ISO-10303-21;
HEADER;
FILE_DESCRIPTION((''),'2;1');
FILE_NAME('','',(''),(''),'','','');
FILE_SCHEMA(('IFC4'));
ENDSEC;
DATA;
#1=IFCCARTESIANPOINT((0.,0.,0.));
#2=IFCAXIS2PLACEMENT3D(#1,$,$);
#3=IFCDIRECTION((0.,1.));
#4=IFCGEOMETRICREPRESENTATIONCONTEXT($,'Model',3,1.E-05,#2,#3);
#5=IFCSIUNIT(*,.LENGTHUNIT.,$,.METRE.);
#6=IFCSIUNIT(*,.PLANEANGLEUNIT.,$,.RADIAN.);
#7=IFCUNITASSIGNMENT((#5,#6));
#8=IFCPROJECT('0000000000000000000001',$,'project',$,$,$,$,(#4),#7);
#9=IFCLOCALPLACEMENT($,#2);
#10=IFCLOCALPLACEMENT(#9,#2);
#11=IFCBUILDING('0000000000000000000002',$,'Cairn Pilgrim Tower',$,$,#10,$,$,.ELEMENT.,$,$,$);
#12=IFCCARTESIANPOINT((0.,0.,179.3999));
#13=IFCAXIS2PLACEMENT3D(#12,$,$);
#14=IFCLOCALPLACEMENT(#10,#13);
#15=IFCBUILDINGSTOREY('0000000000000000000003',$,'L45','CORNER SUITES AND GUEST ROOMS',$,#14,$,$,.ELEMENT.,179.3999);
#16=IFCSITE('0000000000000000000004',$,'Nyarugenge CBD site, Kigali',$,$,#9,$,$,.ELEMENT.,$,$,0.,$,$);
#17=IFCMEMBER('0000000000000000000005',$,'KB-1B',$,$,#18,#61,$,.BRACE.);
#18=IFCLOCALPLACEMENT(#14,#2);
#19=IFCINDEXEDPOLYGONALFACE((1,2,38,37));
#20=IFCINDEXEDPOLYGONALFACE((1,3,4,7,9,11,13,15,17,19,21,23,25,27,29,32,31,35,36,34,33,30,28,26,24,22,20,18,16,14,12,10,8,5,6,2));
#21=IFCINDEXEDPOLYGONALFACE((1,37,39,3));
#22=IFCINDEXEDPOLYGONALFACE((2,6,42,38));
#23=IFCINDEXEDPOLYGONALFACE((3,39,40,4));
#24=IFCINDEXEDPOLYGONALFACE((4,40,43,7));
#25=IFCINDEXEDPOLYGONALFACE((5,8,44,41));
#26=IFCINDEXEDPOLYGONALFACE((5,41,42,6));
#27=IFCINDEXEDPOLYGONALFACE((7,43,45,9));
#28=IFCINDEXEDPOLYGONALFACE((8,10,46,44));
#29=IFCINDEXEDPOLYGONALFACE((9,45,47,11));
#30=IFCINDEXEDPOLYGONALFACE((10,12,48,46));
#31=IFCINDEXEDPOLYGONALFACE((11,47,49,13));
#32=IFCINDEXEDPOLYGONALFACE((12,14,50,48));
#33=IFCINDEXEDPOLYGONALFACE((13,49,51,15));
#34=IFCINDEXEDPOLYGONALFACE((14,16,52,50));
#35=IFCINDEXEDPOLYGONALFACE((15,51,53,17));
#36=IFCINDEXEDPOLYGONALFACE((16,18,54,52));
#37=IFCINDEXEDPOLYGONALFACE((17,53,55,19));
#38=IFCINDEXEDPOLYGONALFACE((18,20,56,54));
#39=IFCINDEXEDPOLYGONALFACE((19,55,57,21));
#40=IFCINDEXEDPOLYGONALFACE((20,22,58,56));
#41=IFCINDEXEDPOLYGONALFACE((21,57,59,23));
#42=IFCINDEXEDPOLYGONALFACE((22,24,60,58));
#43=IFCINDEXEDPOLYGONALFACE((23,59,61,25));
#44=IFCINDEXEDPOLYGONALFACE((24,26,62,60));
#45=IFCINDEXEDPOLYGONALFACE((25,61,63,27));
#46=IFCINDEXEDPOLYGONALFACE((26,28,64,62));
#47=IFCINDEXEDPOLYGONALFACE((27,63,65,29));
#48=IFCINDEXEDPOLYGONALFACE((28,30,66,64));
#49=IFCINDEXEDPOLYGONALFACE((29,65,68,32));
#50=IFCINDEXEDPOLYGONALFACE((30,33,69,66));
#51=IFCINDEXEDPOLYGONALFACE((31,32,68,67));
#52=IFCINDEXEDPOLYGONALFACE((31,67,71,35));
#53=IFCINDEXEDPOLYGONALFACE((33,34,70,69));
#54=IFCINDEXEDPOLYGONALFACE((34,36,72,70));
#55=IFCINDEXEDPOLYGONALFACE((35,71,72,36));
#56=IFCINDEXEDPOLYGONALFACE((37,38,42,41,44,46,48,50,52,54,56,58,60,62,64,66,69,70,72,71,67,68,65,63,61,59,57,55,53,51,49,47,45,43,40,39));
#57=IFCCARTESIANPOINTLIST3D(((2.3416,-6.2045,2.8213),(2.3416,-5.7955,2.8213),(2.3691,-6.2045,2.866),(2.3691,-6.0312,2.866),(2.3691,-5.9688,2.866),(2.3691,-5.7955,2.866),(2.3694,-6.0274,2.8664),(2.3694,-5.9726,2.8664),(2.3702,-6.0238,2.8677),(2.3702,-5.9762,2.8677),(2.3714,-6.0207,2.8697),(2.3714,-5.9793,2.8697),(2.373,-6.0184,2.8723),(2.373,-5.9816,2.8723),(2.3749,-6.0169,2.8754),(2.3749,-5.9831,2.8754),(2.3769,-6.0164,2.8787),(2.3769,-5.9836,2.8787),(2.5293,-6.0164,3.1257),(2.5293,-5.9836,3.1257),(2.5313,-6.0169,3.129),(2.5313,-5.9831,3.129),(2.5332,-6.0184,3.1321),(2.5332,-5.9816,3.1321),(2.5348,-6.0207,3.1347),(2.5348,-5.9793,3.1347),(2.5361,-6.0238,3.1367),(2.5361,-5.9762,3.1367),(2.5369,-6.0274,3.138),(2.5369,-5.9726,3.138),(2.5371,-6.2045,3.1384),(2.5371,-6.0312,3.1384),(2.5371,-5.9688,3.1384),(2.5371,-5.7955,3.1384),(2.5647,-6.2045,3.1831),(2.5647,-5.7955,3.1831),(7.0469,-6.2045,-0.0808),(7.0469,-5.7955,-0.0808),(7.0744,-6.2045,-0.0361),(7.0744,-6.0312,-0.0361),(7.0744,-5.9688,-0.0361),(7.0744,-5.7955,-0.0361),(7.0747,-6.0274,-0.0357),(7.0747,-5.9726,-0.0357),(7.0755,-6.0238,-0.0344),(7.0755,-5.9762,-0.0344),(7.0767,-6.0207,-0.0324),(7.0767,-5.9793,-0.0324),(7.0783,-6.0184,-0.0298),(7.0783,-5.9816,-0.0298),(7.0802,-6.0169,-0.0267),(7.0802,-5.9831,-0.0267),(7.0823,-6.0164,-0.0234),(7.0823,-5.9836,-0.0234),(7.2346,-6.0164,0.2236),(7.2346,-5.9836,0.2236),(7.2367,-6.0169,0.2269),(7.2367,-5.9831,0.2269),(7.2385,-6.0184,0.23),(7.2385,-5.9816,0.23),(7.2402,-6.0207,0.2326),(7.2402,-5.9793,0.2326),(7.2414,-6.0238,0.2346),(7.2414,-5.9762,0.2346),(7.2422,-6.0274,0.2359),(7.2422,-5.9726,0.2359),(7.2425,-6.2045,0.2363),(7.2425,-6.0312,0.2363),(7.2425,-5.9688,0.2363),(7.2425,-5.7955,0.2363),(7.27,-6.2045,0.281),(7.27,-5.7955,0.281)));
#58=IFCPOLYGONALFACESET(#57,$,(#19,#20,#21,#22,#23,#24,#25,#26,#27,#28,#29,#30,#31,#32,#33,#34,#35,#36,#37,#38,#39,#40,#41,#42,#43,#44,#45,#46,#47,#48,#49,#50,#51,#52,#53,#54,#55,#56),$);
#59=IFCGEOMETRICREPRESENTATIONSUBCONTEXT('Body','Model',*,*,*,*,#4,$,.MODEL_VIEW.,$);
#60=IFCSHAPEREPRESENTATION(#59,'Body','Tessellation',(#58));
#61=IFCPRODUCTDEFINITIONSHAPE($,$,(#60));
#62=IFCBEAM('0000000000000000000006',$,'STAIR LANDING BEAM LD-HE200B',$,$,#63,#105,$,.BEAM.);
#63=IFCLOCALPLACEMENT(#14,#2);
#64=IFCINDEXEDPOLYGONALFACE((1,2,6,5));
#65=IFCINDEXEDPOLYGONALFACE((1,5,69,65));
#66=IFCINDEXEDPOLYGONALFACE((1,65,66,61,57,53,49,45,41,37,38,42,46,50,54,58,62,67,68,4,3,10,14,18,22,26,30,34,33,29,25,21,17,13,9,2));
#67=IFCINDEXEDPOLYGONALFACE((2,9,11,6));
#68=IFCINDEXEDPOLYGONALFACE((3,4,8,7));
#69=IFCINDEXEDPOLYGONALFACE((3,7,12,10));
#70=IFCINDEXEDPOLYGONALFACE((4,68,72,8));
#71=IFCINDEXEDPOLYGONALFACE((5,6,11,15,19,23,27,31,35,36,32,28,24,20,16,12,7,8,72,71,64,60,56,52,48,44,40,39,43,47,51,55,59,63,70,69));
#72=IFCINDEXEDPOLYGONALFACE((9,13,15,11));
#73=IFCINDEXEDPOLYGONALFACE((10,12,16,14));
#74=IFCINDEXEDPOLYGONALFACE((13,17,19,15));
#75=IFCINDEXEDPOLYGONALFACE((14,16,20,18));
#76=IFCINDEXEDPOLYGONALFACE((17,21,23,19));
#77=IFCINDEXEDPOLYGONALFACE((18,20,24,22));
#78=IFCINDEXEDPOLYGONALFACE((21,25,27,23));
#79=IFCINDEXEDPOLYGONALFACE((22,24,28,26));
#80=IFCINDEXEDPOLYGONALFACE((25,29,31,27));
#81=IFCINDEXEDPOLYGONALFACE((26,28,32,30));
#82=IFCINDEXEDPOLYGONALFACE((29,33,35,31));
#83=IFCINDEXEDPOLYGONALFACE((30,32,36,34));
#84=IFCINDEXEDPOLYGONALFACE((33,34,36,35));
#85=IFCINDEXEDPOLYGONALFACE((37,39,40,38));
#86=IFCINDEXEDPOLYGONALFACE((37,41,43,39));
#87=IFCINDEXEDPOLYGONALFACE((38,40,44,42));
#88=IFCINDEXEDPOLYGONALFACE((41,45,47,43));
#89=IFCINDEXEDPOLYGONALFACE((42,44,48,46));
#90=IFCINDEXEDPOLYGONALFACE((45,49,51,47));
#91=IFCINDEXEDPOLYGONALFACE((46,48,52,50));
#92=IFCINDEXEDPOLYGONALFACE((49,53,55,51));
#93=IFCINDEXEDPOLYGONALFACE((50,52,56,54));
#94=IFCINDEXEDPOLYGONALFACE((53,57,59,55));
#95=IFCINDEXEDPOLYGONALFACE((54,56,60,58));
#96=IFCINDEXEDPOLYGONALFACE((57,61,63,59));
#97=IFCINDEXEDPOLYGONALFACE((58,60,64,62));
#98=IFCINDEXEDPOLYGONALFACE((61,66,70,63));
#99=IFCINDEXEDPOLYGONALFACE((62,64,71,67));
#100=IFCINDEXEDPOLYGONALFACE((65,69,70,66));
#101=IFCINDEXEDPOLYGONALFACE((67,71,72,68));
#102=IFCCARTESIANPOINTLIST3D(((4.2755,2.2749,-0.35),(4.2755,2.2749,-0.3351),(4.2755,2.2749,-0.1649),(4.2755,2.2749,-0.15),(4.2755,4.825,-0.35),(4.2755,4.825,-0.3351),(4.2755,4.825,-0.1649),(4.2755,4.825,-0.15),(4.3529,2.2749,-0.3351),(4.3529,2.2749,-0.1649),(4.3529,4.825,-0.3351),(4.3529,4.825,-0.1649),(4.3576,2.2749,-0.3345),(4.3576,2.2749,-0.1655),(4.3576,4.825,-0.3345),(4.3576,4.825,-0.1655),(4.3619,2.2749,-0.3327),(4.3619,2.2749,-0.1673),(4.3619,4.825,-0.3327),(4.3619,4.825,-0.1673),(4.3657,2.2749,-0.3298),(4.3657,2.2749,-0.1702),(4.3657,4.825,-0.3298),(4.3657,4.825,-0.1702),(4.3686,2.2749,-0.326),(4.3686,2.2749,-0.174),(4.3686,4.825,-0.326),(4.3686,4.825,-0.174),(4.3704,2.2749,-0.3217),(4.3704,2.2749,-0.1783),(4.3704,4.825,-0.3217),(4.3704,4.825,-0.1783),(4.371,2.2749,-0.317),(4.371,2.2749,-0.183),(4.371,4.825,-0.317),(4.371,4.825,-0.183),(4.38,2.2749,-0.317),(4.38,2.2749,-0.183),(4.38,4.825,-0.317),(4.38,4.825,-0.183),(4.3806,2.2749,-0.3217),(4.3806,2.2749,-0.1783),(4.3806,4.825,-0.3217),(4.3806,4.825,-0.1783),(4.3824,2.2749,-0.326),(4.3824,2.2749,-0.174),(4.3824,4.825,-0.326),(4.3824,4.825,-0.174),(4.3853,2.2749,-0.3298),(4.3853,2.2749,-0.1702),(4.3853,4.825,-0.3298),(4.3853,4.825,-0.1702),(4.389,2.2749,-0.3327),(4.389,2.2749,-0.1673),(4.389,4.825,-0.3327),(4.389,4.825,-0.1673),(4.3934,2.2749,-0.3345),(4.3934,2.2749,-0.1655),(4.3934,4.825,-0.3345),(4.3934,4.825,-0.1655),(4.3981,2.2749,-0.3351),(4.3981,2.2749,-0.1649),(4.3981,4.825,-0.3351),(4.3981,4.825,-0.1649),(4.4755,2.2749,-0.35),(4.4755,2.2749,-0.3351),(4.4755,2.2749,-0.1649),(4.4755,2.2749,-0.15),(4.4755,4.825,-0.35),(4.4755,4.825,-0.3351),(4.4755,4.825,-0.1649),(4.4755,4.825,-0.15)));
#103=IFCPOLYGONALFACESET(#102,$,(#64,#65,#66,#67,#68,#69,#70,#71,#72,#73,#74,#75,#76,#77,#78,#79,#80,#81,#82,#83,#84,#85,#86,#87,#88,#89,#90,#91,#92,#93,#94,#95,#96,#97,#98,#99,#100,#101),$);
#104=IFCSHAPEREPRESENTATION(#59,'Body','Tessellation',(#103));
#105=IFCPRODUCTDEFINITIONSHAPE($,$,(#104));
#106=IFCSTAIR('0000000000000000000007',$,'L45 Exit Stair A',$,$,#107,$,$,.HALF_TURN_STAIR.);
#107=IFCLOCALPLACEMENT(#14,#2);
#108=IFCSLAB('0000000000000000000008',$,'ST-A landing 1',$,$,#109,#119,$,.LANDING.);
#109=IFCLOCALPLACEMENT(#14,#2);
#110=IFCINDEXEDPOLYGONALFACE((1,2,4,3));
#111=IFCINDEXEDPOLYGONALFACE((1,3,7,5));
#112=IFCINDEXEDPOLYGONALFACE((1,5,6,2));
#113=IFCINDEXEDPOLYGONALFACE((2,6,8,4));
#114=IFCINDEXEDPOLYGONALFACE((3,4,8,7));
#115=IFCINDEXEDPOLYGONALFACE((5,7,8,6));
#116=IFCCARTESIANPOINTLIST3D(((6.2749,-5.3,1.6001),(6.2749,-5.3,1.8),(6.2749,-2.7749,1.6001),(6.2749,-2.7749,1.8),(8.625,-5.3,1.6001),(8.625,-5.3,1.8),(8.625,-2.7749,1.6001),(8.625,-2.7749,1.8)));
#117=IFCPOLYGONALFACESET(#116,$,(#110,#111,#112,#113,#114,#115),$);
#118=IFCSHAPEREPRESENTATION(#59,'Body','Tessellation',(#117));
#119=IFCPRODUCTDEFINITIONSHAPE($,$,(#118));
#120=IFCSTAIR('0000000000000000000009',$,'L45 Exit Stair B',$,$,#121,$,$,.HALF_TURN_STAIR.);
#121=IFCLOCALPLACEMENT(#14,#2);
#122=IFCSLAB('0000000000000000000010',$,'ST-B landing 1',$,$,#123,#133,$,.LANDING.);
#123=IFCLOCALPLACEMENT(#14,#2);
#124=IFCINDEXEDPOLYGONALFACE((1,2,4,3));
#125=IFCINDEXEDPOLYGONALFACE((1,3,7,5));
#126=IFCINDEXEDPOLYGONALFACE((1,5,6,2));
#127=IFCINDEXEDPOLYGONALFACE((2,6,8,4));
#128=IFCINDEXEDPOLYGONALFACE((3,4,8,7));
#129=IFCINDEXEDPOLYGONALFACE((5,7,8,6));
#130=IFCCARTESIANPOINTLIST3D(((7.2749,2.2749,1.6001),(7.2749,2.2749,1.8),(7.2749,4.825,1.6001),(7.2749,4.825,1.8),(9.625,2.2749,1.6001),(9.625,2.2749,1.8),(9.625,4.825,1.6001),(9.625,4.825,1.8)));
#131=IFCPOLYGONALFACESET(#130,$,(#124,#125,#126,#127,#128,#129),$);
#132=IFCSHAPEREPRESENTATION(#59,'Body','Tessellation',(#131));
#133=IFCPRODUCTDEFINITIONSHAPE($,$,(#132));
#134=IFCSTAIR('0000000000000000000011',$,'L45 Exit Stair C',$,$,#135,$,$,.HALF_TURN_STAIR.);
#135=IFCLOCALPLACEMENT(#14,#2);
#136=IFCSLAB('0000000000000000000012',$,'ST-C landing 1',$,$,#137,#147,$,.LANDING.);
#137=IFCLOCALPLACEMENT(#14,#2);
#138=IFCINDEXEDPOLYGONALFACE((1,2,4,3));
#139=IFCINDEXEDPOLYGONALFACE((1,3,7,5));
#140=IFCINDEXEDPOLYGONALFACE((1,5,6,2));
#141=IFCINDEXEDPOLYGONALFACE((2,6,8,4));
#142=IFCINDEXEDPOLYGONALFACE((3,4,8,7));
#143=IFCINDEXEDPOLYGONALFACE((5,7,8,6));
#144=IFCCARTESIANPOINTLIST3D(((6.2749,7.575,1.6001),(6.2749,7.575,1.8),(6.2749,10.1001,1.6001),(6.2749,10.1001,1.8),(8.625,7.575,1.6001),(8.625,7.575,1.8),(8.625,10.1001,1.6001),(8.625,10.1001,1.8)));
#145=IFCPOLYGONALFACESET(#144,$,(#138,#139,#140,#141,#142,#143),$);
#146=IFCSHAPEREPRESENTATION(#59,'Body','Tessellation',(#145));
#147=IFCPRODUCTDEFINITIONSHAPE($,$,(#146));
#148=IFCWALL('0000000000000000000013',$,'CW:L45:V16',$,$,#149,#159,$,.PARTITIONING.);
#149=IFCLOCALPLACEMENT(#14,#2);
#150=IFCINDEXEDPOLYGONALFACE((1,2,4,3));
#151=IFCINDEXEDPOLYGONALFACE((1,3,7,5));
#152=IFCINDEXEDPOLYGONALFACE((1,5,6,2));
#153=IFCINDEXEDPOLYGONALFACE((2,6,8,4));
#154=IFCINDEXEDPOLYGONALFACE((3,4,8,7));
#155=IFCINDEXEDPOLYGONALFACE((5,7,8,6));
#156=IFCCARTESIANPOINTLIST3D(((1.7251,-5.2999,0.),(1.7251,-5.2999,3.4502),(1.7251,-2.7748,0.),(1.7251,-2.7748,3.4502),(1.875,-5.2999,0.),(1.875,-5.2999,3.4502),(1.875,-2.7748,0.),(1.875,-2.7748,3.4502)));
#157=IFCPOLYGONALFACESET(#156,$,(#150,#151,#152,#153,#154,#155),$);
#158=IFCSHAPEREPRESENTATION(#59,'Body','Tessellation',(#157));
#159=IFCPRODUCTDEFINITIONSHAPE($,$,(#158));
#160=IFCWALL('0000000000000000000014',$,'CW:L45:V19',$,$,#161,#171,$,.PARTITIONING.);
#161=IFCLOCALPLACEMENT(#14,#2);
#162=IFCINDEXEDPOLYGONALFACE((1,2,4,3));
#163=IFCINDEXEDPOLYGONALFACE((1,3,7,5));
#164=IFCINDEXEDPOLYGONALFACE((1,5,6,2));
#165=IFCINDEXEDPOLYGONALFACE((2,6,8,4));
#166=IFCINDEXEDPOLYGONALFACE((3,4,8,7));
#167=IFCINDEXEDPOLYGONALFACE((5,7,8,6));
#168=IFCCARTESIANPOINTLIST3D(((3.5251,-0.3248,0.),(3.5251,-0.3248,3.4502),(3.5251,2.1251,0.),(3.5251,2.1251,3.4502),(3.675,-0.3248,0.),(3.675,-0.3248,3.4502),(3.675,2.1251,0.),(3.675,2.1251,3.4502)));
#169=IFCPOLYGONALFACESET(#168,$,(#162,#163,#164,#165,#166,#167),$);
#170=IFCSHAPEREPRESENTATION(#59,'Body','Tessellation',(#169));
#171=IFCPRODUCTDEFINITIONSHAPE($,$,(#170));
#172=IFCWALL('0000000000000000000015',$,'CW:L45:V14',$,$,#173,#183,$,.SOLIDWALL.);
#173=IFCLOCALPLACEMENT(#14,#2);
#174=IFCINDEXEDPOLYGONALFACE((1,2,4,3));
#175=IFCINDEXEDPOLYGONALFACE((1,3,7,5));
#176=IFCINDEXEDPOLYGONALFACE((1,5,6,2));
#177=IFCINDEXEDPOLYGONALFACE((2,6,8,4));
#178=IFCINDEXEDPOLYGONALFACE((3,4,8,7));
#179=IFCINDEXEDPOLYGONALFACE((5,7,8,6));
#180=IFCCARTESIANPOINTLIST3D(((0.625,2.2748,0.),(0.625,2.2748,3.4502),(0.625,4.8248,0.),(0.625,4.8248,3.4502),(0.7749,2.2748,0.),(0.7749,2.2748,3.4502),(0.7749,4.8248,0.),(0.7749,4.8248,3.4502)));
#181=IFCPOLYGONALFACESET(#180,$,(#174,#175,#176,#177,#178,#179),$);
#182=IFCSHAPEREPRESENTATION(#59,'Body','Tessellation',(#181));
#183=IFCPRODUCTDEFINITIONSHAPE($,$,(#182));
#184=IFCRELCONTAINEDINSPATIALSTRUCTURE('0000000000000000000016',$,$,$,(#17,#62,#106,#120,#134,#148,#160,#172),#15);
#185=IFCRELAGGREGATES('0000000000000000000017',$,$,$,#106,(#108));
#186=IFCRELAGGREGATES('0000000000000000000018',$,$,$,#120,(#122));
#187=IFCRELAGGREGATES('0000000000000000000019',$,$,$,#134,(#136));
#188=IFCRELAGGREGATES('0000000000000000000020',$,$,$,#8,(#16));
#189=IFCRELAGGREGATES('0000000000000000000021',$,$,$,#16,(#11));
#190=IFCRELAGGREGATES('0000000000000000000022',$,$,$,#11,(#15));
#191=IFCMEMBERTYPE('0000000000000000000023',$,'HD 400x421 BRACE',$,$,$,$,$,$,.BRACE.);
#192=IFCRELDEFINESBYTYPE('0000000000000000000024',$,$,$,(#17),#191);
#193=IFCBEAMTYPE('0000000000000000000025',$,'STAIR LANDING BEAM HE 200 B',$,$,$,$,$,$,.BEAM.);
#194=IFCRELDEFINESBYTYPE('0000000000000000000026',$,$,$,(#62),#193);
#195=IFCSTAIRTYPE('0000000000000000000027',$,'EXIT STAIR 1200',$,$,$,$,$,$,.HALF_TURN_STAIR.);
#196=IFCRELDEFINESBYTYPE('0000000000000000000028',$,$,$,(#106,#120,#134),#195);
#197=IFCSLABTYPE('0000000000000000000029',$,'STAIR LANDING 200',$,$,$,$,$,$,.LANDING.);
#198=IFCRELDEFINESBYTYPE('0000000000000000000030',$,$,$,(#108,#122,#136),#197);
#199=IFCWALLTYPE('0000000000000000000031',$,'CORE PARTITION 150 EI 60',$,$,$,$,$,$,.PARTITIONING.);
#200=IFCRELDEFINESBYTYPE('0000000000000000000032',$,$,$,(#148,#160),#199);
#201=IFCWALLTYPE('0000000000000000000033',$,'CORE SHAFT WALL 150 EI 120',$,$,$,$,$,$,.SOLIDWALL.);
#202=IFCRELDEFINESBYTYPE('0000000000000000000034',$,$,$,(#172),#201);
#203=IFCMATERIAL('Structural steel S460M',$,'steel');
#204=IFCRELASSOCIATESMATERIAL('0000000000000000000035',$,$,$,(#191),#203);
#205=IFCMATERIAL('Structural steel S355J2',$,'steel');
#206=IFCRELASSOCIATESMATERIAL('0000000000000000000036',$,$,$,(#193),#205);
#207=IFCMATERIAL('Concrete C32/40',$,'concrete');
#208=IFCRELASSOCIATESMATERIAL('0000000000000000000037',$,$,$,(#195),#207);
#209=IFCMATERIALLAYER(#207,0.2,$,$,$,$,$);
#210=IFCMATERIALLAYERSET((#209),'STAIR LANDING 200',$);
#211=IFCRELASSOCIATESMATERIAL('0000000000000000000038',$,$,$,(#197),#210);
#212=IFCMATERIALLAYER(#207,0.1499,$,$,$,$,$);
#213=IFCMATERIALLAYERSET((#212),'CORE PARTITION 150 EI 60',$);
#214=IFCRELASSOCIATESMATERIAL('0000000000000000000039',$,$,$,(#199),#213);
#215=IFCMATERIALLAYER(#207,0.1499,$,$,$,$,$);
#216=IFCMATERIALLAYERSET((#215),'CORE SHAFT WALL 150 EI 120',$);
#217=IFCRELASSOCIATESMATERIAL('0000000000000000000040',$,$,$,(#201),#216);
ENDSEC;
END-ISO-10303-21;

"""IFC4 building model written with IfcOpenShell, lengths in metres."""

from ifc_helpers import new_model, si_unit, direction, frame, frame_2d, origin, origin_2d, place, context, subcontext, project, spatial, polyline, rectangle, i_section, outline, extrude, material, layer, layer_set, material_profile, profile_set, type_object, element, aggregate, save


model = new_model("IFC4")

# Units and contexts
model_context = context("Model", 3, precision=1e-05, world=origin(), true_north=direction((0.0, 1.0)))
body_context = subcontext(model_context, "Body", "Model", "MODEL_VIEW")
ifc_project = project(units=[si_unit("LENGTHUNIT", "METRE"), si_unit("PLANEANGLEUNIT", "RADIAN")], contexts=[model_context])

# Site, building, storey
site_placement = place(None, origin())
site = spatial("IfcSite", under=ifc_project, at=site_placement, Name="Nyarugenge CBD site, Kigali", CompositionType="ELEMENT", RefElevation=0.0)
building_placement = place(site_placement, origin())
building = spatial("IfcBuilding", under=site, at=building_placement, Name="Cairn Pilgrim Tower", CompositionType="ELEMENT")
storey_placement = place(building_placement, frame((0.0, 0.0, 179.3999)))
storey = spatial("IfcBuildingStorey", under=building, at=storey_placement, Name="L45", Description="CORNER SUITES AND GUEST ROOMS", CompositionType="ELEMENT", Elevation=179.3999)

# Member
ifc_material_1 = material(Name="Structural steel S460M", Category="steel")
ifc_material_profile_1 = material_profile(ifc_material_1, i_section(OverallWidth=0.4089, OverallDepth=0.425, WebThickness=0.0327, FlangeThickness=0.0525, FilletRadius=0.0149, at=origin_2d()), Name="HD 400x421")
ifc_profile_set_1 = profile_set([ifc_material_profile_1], Name="Structural steel S460M")
member_type = type_object("IfcMemberType", Name="HD 400x421 BRACE", PredefinedType="BRACE", material=ifc_profile_set_1)
member_placement = place(storey_placement, frame((7.1584, -6.0, 0.1001), z_axis=(-0.851132, 0.0, 0.524952), x_axis=(0.0, -1.0, 0.0)))
element("IfcMember", 1, at=member_placement, inside=storey, type_object=member_type, Name="KB-1B", PredefinedType="BRACE", context=body_context, shape_type="SweptSolid", body=[
    extrude(i_section(OverallWidth=0.4089, OverallDepth=0.425, WebThickness=0.0327, FlangeThickness=0.0525, FilletRadius=0.0149, at=origin_2d()), origin(), (0.0, 0.0, 1.0), 5.5283),
])

# Beam
ifc_material_2 = material(Name="Structural steel S355J2", Category="steel")
ifc_material_profile_2 = material_profile(ifc_material_2, i_section(OverallWidth=0.2, OverallDepth=0.2, WebThickness=0.009, FlangeThickness=0.0149, FilletRadius=0.0181, at=origin_2d()), Name="HE 200 B")
ifc_profile_set_2 = profile_set([ifc_material_profile_2], Name="Structural steel S355J2")
beam_type = type_object("IfcBeamType", Name="STAIR LANDING BEAM HE 200 B", PredefinedType="BEAM", material=ifc_profile_set_2)
beam_placement = place(storey_placement, frame((4.3755, 2.2749, -0.25), z_axis=(0.0, 1.0, 0.0), x_axis=(-1.0, 0.0, 0.0)))
element("IfcBeam", 2, at=beam_placement, inside=storey, type_object=beam_type, Name="STAIR LANDING BEAM LD-HE200B", PredefinedType="BEAM", context=body_context, shape_type="SweptSolid", body=[
    extrude(i_section(OverallWidth=0.2, OverallDepth=0.2, WebThickness=0.009, FlangeThickness=0.0149, FilletRadius=0.0181, at=origin_2d()), origin(), (0.0, 0.0, 1.0), 2.55),
])

# Stairs, slabs
ifc_material_3 = material(Name="Concrete C32/40", Category="concrete")
stair_type = type_object("IfcStairType", Name="EXIT STAIR 1200", PredefinedType="HALF_TURN_STAIR", material=ifc_material_3)
stair_1_placement = place(storey_placement, origin())
stair_1 = element("IfcStair", 3, at=stair_1_placement, inside=storey, type_object=stair_type, Name="L45 Exit Stair A", PredefinedType="HALF_TURN_STAIR")
ifc_layer_1 = layer(ifc_material_3, 0.2)
ifc_layer_set_1 = layer_set([ifc_layer_1], Name="STAIR LANDING 200")
slab_type_1 = type_object("IfcSlabType", Name="STAIR LANDING 200", PredefinedType="LANDING", material=ifc_layer_set_1)
slab_1_placement = place(storey_placement, frame((0.0, 0.0, 1.6001)))
slab_1 = element("IfcSlab", 4, at=slab_1_placement, type_object=slab_type_1, Name="ST-A landing 1", PredefinedType="LANDING", context=body_context, shape_type="SweptSolid", body=[
    extrude(outline(polyline([(8.625, -2.7749), (6.2749, -2.7749), (6.2749, -5.3), (8.625, -5.3), (8.625, -2.7749)])), origin(), (0.0, 0.0, 1.0), 0.2),
])
aggregate(stair_1, [slab_1])
stair_2_placement = place(storey_placement, origin())
stair_2 = element("IfcStair", 5, at=stair_2_placement, inside=storey, type_object=stair_type, Name="L45 Exit Stair B", PredefinedType="HALF_TURN_STAIR")
slab_2_placement = place(storey_placement, frame((0.0, 0.0, 1.6001)))
slab_2 = element("IfcSlab", 6, at=slab_2_placement, type_object=slab_type_1, Name="ST-B landing 1", PredefinedType="LANDING", context=body_context, shape_type="SweptSolid", body=[
    extrude(outline(polyline([(7.2749, 2.2749), (9.625, 2.2749), (9.625, 4.825), (7.2749, 4.825), (7.2749, 2.2749)])), origin(), (0.0, 0.0, 1.0), 0.2),
])
aggregate(stair_2, [slab_2])
stair_3_placement = place(storey_placement, origin())
stair_3 = element("IfcStair", 7, at=stair_3_placement, inside=storey, type_object=stair_type, Name="L45 Exit Stair C", PredefinedType="HALF_TURN_STAIR")
slab_3_placement = place(storey_placement, frame((0.0, 0.0, 1.6001)))
slab_3 = element("IfcSlab", 8, at=slab_3_placement, type_object=slab_type_1, Name="ST-C landing 1", PredefinedType="LANDING", context=body_context, shape_type="SweptSolid", body=[
    extrude(outline(polyline([(8.625, 10.1001), (6.2749, 10.1001), (6.2749, 7.575), (8.625, 7.575), (8.625, 10.1001)])), origin(), (0.0, 0.0, 1.0), 0.2),
])
aggregate(stair_3, [slab_3])

# Walls
ifc_layer_2 = layer(ifc_material_3, 0.1499)
ifc_layer_set_2 = layer_set([ifc_layer_2], Name="CORE PARTITION 150 EI 60")
wall_type_1 = type_object("IfcWallType", Name="CORE PARTITION 150 EI 60", PredefinedType="PARTITIONING", material=ifc_layer_set_2)
wall_1_placement = place(storey_placement, frame((1.8, -5.3, 0.0), z_axis=(0.0, 0.0, 1.0), x_axis=(0.0, 1.0, 0.0)))
element("IfcWall", 9, at=wall_1_placement, inside=storey, type_object=wall_type_1, Name="CW:L45:V16", PredefinedType="PARTITIONING", context=body_context, shape_type="SweptSolid", body=[
    extrude(rectangle(XDim=2.5251, YDim=0.1499, at=frame_2d((1.2627, 0.0))), origin(), (0.0, 0.0, 1.0), 3.4502),
])
wall_2_placement = place(storey_placement, frame((3.6001, -0.325, 0.0), z_axis=(0.0, 0.0, 1.0), x_axis=(0.0, 1.0, 0.0)))
element("IfcWall", 10, at=wall_2_placement, inside=storey, type_object=wall_type_1, Name="CW:L45:V19", PredefinedType="PARTITIONING", context=body_context, shape_type="SweptSolid", body=[
    extrude(rectangle(XDim=2.45, YDim=0.1499, at=frame_2d((1.2251, 0.0))), origin(), (0.0, 0.0, 1.0), 3.4502),
])
ifc_layer_3 = layer(ifc_material_3, 0.1499)
ifc_layer_set_3 = layer_set([ifc_layer_3], Name="CORE SHAFT WALL 150 EI 120")
wall_type_2 = type_object("IfcWallType", Name="CORE SHAFT WALL 150 EI 120", PredefinedType="SOLIDWALL", material=ifc_layer_set_3)
wall_3_placement = place(storey_placement, frame((0.7, 2.2749, 0.0), z_axis=(0.0, 0.0, 1.0), x_axis=(0.0, 1.0, 0.0)))
element("IfcWall", 11, at=wall_3_placement, inside=storey, type_object=wall_type_2, Name="CW:L45:V14", PredefinedType="SOLIDWALL", context=body_context, shape_type="SweptSolid", body=[
    extrude(rectangle(XDim=2.55, YDim=0.1499, at=frame_2d((1.2749, 0.0))), origin(), (0.0, 0.0, 1.0), 3.4502),
])

save(model, "model.ifc")
